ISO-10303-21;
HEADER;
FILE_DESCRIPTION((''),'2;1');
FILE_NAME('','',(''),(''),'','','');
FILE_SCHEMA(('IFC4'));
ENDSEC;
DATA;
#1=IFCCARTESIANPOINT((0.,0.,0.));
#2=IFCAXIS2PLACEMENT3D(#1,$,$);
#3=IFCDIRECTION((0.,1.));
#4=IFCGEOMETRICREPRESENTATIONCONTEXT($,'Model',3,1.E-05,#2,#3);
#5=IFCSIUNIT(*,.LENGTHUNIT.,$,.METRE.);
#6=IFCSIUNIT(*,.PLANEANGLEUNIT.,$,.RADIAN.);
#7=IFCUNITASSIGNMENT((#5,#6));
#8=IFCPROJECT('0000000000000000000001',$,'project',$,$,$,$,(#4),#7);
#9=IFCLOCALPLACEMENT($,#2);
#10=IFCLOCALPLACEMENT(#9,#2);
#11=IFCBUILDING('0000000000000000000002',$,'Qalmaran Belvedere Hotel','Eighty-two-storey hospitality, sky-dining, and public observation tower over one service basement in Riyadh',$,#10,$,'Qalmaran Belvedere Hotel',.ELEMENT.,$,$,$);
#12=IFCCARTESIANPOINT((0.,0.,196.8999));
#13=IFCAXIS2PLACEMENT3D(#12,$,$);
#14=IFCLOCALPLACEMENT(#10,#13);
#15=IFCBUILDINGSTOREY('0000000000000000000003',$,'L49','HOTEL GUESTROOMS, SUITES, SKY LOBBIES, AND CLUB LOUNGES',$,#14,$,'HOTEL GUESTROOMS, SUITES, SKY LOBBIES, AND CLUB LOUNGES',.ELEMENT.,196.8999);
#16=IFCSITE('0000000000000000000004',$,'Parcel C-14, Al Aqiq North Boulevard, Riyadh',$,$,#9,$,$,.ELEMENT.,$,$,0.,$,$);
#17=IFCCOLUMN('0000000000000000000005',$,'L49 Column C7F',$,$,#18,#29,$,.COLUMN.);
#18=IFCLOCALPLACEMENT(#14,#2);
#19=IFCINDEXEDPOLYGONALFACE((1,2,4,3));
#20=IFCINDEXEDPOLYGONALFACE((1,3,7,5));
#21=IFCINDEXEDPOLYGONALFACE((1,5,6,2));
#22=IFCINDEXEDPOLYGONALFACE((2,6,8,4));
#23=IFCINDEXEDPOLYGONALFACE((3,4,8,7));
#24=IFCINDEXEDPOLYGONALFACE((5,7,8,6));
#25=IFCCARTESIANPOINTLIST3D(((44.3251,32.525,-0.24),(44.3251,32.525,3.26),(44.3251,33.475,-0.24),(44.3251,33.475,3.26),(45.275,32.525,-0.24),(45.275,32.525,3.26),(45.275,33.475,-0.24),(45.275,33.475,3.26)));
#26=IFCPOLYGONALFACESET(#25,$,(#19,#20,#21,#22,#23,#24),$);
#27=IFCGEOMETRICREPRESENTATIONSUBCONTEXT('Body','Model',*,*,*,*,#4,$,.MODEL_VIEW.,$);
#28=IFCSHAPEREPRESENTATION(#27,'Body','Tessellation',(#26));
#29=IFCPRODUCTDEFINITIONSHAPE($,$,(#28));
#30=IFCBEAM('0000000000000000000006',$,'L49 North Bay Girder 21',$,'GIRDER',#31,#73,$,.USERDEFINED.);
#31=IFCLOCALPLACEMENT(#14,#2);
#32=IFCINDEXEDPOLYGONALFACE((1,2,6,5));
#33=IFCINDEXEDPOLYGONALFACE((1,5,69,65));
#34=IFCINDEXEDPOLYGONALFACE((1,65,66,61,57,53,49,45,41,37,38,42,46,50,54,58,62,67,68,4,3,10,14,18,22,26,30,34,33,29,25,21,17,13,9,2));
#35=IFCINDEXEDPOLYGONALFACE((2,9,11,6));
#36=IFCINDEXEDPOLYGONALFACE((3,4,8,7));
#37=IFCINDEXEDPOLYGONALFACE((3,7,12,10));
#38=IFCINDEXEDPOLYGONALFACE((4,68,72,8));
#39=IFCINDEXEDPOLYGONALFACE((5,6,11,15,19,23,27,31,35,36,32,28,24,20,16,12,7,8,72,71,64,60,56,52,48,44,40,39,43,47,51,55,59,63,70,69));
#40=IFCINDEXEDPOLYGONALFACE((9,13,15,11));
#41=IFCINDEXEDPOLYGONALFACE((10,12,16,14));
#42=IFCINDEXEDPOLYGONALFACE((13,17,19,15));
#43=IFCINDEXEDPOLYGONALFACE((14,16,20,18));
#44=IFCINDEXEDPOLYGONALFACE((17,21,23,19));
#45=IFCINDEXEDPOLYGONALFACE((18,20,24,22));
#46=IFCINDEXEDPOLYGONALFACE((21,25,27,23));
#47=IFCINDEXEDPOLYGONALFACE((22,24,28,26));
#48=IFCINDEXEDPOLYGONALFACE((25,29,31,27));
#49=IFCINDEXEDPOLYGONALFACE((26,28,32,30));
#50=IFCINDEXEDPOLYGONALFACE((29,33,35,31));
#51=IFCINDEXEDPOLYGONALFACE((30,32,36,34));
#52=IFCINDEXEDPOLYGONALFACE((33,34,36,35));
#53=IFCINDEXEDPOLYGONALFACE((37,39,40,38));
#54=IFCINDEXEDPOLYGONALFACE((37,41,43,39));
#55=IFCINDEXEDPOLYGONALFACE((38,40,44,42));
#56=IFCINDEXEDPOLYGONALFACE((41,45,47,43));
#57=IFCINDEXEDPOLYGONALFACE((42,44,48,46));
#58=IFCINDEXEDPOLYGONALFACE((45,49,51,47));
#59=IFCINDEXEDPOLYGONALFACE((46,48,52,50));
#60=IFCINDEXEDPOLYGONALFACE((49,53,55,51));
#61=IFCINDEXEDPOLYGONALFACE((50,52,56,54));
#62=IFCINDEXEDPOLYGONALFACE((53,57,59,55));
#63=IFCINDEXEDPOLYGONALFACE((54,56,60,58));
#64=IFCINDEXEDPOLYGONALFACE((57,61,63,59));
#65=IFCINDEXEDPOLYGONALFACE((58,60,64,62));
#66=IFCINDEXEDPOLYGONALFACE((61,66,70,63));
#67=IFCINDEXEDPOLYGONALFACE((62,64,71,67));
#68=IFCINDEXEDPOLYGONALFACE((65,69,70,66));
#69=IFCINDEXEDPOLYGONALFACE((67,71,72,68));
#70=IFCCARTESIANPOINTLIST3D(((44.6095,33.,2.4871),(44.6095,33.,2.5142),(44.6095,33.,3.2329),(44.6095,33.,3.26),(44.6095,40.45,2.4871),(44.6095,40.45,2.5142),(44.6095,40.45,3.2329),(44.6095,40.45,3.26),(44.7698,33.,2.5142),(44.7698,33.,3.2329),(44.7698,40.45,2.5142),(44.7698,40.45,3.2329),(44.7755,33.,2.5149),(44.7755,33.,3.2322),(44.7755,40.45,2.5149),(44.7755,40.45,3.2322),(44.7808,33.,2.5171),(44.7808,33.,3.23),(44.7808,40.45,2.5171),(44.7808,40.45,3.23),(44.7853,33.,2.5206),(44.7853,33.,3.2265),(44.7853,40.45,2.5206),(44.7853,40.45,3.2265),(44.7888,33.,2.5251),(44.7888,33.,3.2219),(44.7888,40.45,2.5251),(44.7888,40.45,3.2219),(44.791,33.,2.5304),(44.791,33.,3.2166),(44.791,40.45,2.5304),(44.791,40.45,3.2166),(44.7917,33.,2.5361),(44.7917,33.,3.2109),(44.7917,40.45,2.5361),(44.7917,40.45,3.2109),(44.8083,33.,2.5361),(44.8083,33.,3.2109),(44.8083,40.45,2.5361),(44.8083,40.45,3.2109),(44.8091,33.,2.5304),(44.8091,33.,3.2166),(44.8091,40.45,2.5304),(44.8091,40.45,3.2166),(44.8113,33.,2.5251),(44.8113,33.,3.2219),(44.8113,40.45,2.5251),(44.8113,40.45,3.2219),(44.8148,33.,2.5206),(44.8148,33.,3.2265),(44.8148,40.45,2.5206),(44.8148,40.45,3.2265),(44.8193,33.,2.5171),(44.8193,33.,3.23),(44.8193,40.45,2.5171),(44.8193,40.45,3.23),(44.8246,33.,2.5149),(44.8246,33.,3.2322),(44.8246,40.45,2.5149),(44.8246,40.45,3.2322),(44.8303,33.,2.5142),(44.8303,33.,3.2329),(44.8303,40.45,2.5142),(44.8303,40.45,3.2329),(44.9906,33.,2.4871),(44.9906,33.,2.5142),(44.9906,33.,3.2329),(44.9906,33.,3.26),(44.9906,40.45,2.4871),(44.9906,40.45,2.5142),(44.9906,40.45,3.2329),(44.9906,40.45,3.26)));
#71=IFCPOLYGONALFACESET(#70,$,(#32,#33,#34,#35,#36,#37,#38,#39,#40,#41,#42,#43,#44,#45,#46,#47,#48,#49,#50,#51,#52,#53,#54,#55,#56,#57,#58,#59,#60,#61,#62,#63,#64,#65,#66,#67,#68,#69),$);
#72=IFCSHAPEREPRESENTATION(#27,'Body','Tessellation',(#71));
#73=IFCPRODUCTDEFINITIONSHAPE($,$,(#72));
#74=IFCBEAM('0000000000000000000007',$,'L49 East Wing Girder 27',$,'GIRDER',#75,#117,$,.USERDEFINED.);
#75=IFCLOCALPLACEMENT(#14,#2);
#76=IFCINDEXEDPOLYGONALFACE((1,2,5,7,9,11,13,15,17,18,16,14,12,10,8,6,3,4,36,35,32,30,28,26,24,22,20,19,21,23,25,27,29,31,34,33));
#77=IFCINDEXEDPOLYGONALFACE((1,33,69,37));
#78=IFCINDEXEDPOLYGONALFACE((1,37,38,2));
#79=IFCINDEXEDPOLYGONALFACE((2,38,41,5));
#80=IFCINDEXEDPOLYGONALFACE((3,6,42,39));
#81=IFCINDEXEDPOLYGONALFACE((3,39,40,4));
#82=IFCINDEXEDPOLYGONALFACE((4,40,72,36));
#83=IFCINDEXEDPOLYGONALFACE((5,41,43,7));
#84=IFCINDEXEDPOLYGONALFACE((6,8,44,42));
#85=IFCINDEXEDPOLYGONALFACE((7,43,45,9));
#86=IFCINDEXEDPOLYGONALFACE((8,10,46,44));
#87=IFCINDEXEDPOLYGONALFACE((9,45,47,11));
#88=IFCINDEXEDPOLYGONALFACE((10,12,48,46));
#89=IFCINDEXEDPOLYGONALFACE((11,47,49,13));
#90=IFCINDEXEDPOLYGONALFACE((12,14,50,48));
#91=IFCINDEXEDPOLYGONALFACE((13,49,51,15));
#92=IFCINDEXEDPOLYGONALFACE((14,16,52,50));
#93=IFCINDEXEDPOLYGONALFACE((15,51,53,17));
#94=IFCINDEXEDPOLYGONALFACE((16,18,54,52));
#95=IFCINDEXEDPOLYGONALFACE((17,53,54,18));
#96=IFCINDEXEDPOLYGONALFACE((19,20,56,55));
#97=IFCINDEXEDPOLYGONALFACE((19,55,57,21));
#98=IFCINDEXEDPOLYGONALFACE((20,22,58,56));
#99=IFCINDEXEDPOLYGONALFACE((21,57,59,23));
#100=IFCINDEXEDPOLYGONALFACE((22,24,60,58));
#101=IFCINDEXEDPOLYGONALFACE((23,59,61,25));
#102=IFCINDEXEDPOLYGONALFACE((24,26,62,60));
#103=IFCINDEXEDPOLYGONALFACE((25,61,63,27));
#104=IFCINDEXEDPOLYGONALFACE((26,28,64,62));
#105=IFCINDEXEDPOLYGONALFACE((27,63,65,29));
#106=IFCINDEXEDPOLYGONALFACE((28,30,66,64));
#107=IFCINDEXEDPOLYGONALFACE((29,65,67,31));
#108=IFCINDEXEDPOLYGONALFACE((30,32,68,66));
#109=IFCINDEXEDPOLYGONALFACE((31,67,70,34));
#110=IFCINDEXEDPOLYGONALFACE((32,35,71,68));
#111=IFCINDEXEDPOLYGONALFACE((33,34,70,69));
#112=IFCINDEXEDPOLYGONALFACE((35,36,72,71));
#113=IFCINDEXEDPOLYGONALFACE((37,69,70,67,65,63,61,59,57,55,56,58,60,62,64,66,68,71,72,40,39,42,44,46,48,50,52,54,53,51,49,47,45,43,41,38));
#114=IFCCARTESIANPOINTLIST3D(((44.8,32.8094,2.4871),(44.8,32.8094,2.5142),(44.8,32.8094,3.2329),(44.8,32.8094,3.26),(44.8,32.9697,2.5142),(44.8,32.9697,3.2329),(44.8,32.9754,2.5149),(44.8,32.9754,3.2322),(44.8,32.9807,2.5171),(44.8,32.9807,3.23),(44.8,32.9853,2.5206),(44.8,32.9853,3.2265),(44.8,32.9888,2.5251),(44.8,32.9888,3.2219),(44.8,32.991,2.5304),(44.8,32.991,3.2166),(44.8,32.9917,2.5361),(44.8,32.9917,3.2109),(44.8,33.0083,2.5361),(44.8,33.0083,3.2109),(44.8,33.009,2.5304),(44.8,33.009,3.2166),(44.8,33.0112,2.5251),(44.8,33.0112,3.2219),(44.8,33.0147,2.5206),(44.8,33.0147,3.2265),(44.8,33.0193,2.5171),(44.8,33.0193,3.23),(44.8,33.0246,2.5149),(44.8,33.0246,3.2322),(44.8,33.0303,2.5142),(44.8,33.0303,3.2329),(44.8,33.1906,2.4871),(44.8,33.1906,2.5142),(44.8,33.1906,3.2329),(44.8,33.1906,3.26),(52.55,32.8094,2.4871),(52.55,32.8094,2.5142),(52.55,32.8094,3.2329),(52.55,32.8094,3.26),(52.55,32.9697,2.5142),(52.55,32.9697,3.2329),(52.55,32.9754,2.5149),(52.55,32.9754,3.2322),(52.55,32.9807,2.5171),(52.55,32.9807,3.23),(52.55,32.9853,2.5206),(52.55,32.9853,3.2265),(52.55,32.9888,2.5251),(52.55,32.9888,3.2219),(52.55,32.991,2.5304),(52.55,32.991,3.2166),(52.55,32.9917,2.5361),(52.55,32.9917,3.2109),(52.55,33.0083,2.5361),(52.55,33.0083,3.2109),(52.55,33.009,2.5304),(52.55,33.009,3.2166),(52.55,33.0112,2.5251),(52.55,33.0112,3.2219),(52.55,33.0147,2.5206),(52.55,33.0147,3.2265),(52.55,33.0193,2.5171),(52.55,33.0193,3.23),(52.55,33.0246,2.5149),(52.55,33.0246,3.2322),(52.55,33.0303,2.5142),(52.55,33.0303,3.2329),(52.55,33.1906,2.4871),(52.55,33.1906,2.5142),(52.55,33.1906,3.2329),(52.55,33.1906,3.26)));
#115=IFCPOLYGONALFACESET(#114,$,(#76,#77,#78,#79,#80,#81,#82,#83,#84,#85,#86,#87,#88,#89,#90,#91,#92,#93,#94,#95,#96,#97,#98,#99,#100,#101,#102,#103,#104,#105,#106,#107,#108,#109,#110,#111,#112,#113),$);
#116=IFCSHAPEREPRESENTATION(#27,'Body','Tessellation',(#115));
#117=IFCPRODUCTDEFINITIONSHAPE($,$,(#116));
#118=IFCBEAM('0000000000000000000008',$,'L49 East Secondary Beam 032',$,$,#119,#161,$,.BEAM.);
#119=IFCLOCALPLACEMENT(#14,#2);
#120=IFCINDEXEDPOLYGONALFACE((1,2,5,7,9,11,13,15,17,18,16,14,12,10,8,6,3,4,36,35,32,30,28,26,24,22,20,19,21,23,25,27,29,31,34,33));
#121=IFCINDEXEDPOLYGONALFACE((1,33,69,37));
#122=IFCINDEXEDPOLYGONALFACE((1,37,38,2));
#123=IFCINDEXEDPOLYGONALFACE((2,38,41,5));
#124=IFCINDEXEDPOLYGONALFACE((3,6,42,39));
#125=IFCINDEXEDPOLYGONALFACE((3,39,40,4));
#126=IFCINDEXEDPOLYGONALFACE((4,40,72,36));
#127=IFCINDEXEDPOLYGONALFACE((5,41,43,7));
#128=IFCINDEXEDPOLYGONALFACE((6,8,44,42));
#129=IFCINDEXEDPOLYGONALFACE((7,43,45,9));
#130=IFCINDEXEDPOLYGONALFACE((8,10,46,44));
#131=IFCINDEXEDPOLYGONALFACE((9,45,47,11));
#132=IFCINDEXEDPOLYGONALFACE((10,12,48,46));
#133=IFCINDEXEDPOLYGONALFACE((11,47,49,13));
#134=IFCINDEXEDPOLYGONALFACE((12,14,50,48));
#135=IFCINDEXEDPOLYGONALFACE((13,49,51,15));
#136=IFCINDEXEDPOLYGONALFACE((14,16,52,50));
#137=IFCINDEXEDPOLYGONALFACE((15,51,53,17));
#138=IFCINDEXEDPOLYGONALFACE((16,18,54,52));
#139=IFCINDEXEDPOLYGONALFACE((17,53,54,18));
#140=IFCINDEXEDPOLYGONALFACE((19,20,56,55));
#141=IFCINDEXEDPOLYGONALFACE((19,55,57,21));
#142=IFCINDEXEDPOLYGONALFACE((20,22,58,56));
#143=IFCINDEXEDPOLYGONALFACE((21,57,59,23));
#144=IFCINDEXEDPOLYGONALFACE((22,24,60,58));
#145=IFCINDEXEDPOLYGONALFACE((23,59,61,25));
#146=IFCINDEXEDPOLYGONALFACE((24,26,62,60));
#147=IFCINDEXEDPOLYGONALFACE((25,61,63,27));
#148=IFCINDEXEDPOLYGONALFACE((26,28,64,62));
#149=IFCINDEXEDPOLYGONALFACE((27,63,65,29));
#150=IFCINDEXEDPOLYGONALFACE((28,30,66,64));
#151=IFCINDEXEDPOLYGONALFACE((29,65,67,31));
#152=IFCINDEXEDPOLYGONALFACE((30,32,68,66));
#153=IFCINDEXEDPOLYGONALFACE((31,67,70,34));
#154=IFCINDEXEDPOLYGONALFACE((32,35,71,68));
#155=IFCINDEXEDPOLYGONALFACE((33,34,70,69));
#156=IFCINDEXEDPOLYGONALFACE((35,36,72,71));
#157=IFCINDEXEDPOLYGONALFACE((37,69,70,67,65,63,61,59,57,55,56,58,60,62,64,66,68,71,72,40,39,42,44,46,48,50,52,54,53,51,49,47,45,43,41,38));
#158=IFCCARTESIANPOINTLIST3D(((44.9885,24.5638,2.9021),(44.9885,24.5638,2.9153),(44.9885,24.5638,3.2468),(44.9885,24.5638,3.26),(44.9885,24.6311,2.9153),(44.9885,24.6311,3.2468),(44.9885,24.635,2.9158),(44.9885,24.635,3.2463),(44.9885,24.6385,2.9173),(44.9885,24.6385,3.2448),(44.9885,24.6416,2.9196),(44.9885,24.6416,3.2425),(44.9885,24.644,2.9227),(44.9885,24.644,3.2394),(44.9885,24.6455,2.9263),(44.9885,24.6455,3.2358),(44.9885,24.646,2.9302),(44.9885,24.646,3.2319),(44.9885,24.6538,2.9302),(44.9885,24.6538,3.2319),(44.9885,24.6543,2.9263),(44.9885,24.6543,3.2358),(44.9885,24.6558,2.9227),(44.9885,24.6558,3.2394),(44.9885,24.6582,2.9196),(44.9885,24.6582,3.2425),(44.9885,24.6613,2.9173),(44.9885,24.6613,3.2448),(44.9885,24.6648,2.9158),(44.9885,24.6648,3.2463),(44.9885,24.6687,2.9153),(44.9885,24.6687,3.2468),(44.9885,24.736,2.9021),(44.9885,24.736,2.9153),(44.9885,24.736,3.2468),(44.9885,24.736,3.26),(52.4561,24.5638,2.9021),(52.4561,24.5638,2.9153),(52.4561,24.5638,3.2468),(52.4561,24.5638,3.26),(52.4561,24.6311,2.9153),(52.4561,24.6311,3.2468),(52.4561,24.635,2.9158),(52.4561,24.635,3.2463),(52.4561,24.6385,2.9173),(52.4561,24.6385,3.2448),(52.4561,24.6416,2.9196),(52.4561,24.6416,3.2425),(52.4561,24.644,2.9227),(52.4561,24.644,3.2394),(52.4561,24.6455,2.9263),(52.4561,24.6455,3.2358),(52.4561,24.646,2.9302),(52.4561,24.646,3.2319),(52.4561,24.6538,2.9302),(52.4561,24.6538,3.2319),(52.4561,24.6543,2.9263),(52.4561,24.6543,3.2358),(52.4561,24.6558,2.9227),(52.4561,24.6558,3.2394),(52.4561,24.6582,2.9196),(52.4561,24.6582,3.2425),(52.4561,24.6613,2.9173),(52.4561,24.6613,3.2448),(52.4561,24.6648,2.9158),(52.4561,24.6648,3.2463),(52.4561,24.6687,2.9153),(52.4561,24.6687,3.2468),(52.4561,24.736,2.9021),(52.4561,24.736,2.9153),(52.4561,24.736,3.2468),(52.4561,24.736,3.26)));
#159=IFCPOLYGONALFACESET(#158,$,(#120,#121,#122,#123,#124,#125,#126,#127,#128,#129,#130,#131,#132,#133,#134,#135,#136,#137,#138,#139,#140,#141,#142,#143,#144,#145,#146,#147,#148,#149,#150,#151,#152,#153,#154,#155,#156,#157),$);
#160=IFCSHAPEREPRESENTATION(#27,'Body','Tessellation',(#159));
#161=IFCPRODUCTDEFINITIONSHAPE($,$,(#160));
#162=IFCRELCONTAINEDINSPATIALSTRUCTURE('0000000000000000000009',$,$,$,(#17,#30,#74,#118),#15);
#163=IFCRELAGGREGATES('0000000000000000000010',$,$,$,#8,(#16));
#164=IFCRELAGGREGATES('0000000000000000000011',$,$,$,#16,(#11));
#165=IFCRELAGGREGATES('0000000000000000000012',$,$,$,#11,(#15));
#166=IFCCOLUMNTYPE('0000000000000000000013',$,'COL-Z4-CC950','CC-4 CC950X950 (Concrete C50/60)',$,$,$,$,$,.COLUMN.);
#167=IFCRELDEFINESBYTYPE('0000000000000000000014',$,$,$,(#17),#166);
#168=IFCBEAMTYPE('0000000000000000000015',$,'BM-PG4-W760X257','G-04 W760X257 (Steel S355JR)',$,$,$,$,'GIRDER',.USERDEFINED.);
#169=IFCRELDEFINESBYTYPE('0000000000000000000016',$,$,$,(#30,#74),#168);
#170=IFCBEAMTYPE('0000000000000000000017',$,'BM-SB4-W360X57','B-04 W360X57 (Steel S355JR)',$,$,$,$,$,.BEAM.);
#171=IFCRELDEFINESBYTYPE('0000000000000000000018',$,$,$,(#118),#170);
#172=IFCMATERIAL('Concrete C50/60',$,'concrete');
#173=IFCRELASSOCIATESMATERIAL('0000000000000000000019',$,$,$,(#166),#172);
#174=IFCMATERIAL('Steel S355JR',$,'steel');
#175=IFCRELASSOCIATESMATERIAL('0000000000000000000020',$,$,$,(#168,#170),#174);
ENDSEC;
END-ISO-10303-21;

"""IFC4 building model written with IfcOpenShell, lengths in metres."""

from ifc_helpers import new_model, si_unit, direction, frame, origin, origin_2d, place, context, subcontext, project, spatial, rectangle, i_section, extrude, material, material_profile, profile_set, type_object, element, save


model = new_model("IFC4")

# Units and contexts
model_context = context("Model", 3, precision=1e-05, world=origin(), true_north=direction((0.0, 1.0)))
body_context = subcontext(model_context, "Body", "Model", "MODEL_VIEW")
ifc_project = project(units=[si_unit("LENGTHUNIT", "METRE"), si_unit("PLANEANGLEUNIT", "RADIAN")], contexts=[model_context])

# Site, building, storey
site_placement = place(None, origin())
site = spatial("IfcSite", under=ifc_project, at=site_placement, Name="Parcel C-14, Al Aqiq North Boulevard, Riyadh", CompositionType="ELEMENT", RefElevation=0.0)
building_placement = place(site_placement, origin())
building = spatial("IfcBuilding", under=site, at=building_placement, Name="Qalmaran Belvedere Hotel", Description="Eighty-two-storey hospitality, sky-dining, and public observation tower over one service basement in Riyadh", LongName="Qalmaran Belvedere Hotel", CompositionType="ELEMENT")
storey_placement = place(building_placement, frame((0.0, 0.0, 196.8999)))
storey = spatial("IfcBuildingStorey", under=building, at=storey_placement, Name="L49", Description="HOTEL GUESTROOMS, SUITES, SKY LOBBIES, AND CLUB LOUNGES", LongName="HOTEL GUESTROOMS, SUITES, SKY LOBBIES, AND CLUB LOUNGES", CompositionType="ELEMENT", Elevation=196.8999)

# Column
ifc_material_1 = material(Name="Concrete C50/60", Category="concrete")
ifc_material_profile_1 = material_profile(ifc_material_1, rectangle(XDim=0.95, YDim=0.95, at=origin_2d()), Name="CC950X950")
ifc_profile_set_1 = profile_set([ifc_material_profile_1], Name="Concrete C50/60")
column_type = type_object("IfcColumnType", Name="COL-Z4-CC950", Description="CC-4 CC950X950 (Concrete C50/60)", PredefinedType="COLUMN", material=ifc_profile_set_1)
column_placement = place(storey_placement, frame((44.8, 33.0, -0.24), z_axis=(0.0, 0.0, 1.0), x_axis=(1.0, 0.0, 0.0)))
element("IfcColumn", 1, at=column_placement, inside=storey, type_object=column_type, Name="L49 Column C7F", PredefinedType="COLUMN", context=body_context, shape_type="SweptSolid", body=[
    extrude(rectangle(XDim=0.95, YDim=0.95, at=origin_2d()), origin(), (0.0, 0.0, 1.0), 3.5),
])

# Beams
ifc_material_2 = material(Name="Steel S355JR", Category="steel")
ifc_material_profile_2 = material_profile(ifc_material_2, i_section(OverallWidth=0.3811, OverallDepth=0.7729, WebThickness=0.0166, FlangeThickness=0.0271, FilletRadius=0.022, at=origin_2d()), Name="W760X257")
ifc_profile_set_2 = profile_set([ifc_material_profile_2], Name="Steel S355JR")
beam_type_1 = type_object("IfcBeamType", Name="BM-PG4-W760X257", Description="G-04 W760X257 (Steel S355JR)", ElementType="GIRDER", PredefinedType="USERDEFINED", material=ifc_profile_set_2)
beam_1_placement = place(storey_placement, frame((44.8, 33.0, 2.8735), z_axis=(0.0, 1.0, 0.0), x_axis=(-1.0, 0.0, 0.0)))
element("IfcBeam", 2, at=beam_1_placement, inside=storey, type_object=beam_type_1, Name="L49 North Bay Girder 21", ObjectType="GIRDER", PredefinedType="USERDEFINED", context=body_context, shape_type="SweptSolid", body=[
    extrude(i_section(OverallWidth=0.3811, OverallDepth=0.7729, WebThickness=0.0166, FlangeThickness=0.0271, FilletRadius=0.022, at=origin_2d()), origin(), (0.0, 0.0, 1.0), 7.45),
])
beam_2_placement = place(storey_placement, frame((44.8, 33.0, 2.8735), z_axis=(1.0, 0.0, 0.0), x_axis=(0.0, 1.0, 0.0)))
element("IfcBeam", 3, at=beam_2_placement, inside=storey, type_object=beam_type_1, Name="L49 East Wing Girder 27", ObjectType="GIRDER", PredefinedType="USERDEFINED", context=body_context, shape_type="SweptSolid", body=[
    extrude(i_section(OverallWidth=0.3811, OverallDepth=0.7729, WebThickness=0.0166, FlangeThickness=0.0271, FilletRadius=0.022, at=origin_2d()), origin(), (0.0, 0.0, 1.0), 7.75),
])
ifc_material_profile_3 = material_profile(ifc_material_2, i_section(OverallWidth=0.1721, OverallDepth=0.3579, WebThickness=0.0078, FlangeThickness=0.0132, FilletRadius=0.0149, at=origin_2d()), Name="W360X57")
ifc_profile_set_3 = profile_set([ifc_material_profile_3], Name="Steel S355JR")
beam_type_2 = type_object("IfcBeamType", Name="BM-SB4-W360X57", Description="B-04 W360X57 (Steel S355JR)", PredefinedType="BEAM", material=ifc_profile_set_3)
for number, where, z_axis, x_axis, name in (
    (4, (44.9885, 24.6499, 3.0811), (1.0, 0.0, 0.0), (0.0, 1.0, 0.0), "L49 East Secondary Beam 032"),
):
    element("IfcBeam", number, at=place(storey_placement, frame(where, z_axis=z_axis, x_axis=x_axis)), inside=storey, type_object=beam_type_2, Name=name, PredefinedType="BEAM", context=body_context, shape_type="SweptSolid", body=[
        extrude(i_section(OverallWidth=0.1721, OverallDepth=0.3579, WebThickness=0.0078, FlangeThickness=0.0132, FilletRadius=0.0149, at=origin_2d()), origin(), (0.0, 0.0, 1.0), 7.4675),
    ])

save(model, "model.ifc")
